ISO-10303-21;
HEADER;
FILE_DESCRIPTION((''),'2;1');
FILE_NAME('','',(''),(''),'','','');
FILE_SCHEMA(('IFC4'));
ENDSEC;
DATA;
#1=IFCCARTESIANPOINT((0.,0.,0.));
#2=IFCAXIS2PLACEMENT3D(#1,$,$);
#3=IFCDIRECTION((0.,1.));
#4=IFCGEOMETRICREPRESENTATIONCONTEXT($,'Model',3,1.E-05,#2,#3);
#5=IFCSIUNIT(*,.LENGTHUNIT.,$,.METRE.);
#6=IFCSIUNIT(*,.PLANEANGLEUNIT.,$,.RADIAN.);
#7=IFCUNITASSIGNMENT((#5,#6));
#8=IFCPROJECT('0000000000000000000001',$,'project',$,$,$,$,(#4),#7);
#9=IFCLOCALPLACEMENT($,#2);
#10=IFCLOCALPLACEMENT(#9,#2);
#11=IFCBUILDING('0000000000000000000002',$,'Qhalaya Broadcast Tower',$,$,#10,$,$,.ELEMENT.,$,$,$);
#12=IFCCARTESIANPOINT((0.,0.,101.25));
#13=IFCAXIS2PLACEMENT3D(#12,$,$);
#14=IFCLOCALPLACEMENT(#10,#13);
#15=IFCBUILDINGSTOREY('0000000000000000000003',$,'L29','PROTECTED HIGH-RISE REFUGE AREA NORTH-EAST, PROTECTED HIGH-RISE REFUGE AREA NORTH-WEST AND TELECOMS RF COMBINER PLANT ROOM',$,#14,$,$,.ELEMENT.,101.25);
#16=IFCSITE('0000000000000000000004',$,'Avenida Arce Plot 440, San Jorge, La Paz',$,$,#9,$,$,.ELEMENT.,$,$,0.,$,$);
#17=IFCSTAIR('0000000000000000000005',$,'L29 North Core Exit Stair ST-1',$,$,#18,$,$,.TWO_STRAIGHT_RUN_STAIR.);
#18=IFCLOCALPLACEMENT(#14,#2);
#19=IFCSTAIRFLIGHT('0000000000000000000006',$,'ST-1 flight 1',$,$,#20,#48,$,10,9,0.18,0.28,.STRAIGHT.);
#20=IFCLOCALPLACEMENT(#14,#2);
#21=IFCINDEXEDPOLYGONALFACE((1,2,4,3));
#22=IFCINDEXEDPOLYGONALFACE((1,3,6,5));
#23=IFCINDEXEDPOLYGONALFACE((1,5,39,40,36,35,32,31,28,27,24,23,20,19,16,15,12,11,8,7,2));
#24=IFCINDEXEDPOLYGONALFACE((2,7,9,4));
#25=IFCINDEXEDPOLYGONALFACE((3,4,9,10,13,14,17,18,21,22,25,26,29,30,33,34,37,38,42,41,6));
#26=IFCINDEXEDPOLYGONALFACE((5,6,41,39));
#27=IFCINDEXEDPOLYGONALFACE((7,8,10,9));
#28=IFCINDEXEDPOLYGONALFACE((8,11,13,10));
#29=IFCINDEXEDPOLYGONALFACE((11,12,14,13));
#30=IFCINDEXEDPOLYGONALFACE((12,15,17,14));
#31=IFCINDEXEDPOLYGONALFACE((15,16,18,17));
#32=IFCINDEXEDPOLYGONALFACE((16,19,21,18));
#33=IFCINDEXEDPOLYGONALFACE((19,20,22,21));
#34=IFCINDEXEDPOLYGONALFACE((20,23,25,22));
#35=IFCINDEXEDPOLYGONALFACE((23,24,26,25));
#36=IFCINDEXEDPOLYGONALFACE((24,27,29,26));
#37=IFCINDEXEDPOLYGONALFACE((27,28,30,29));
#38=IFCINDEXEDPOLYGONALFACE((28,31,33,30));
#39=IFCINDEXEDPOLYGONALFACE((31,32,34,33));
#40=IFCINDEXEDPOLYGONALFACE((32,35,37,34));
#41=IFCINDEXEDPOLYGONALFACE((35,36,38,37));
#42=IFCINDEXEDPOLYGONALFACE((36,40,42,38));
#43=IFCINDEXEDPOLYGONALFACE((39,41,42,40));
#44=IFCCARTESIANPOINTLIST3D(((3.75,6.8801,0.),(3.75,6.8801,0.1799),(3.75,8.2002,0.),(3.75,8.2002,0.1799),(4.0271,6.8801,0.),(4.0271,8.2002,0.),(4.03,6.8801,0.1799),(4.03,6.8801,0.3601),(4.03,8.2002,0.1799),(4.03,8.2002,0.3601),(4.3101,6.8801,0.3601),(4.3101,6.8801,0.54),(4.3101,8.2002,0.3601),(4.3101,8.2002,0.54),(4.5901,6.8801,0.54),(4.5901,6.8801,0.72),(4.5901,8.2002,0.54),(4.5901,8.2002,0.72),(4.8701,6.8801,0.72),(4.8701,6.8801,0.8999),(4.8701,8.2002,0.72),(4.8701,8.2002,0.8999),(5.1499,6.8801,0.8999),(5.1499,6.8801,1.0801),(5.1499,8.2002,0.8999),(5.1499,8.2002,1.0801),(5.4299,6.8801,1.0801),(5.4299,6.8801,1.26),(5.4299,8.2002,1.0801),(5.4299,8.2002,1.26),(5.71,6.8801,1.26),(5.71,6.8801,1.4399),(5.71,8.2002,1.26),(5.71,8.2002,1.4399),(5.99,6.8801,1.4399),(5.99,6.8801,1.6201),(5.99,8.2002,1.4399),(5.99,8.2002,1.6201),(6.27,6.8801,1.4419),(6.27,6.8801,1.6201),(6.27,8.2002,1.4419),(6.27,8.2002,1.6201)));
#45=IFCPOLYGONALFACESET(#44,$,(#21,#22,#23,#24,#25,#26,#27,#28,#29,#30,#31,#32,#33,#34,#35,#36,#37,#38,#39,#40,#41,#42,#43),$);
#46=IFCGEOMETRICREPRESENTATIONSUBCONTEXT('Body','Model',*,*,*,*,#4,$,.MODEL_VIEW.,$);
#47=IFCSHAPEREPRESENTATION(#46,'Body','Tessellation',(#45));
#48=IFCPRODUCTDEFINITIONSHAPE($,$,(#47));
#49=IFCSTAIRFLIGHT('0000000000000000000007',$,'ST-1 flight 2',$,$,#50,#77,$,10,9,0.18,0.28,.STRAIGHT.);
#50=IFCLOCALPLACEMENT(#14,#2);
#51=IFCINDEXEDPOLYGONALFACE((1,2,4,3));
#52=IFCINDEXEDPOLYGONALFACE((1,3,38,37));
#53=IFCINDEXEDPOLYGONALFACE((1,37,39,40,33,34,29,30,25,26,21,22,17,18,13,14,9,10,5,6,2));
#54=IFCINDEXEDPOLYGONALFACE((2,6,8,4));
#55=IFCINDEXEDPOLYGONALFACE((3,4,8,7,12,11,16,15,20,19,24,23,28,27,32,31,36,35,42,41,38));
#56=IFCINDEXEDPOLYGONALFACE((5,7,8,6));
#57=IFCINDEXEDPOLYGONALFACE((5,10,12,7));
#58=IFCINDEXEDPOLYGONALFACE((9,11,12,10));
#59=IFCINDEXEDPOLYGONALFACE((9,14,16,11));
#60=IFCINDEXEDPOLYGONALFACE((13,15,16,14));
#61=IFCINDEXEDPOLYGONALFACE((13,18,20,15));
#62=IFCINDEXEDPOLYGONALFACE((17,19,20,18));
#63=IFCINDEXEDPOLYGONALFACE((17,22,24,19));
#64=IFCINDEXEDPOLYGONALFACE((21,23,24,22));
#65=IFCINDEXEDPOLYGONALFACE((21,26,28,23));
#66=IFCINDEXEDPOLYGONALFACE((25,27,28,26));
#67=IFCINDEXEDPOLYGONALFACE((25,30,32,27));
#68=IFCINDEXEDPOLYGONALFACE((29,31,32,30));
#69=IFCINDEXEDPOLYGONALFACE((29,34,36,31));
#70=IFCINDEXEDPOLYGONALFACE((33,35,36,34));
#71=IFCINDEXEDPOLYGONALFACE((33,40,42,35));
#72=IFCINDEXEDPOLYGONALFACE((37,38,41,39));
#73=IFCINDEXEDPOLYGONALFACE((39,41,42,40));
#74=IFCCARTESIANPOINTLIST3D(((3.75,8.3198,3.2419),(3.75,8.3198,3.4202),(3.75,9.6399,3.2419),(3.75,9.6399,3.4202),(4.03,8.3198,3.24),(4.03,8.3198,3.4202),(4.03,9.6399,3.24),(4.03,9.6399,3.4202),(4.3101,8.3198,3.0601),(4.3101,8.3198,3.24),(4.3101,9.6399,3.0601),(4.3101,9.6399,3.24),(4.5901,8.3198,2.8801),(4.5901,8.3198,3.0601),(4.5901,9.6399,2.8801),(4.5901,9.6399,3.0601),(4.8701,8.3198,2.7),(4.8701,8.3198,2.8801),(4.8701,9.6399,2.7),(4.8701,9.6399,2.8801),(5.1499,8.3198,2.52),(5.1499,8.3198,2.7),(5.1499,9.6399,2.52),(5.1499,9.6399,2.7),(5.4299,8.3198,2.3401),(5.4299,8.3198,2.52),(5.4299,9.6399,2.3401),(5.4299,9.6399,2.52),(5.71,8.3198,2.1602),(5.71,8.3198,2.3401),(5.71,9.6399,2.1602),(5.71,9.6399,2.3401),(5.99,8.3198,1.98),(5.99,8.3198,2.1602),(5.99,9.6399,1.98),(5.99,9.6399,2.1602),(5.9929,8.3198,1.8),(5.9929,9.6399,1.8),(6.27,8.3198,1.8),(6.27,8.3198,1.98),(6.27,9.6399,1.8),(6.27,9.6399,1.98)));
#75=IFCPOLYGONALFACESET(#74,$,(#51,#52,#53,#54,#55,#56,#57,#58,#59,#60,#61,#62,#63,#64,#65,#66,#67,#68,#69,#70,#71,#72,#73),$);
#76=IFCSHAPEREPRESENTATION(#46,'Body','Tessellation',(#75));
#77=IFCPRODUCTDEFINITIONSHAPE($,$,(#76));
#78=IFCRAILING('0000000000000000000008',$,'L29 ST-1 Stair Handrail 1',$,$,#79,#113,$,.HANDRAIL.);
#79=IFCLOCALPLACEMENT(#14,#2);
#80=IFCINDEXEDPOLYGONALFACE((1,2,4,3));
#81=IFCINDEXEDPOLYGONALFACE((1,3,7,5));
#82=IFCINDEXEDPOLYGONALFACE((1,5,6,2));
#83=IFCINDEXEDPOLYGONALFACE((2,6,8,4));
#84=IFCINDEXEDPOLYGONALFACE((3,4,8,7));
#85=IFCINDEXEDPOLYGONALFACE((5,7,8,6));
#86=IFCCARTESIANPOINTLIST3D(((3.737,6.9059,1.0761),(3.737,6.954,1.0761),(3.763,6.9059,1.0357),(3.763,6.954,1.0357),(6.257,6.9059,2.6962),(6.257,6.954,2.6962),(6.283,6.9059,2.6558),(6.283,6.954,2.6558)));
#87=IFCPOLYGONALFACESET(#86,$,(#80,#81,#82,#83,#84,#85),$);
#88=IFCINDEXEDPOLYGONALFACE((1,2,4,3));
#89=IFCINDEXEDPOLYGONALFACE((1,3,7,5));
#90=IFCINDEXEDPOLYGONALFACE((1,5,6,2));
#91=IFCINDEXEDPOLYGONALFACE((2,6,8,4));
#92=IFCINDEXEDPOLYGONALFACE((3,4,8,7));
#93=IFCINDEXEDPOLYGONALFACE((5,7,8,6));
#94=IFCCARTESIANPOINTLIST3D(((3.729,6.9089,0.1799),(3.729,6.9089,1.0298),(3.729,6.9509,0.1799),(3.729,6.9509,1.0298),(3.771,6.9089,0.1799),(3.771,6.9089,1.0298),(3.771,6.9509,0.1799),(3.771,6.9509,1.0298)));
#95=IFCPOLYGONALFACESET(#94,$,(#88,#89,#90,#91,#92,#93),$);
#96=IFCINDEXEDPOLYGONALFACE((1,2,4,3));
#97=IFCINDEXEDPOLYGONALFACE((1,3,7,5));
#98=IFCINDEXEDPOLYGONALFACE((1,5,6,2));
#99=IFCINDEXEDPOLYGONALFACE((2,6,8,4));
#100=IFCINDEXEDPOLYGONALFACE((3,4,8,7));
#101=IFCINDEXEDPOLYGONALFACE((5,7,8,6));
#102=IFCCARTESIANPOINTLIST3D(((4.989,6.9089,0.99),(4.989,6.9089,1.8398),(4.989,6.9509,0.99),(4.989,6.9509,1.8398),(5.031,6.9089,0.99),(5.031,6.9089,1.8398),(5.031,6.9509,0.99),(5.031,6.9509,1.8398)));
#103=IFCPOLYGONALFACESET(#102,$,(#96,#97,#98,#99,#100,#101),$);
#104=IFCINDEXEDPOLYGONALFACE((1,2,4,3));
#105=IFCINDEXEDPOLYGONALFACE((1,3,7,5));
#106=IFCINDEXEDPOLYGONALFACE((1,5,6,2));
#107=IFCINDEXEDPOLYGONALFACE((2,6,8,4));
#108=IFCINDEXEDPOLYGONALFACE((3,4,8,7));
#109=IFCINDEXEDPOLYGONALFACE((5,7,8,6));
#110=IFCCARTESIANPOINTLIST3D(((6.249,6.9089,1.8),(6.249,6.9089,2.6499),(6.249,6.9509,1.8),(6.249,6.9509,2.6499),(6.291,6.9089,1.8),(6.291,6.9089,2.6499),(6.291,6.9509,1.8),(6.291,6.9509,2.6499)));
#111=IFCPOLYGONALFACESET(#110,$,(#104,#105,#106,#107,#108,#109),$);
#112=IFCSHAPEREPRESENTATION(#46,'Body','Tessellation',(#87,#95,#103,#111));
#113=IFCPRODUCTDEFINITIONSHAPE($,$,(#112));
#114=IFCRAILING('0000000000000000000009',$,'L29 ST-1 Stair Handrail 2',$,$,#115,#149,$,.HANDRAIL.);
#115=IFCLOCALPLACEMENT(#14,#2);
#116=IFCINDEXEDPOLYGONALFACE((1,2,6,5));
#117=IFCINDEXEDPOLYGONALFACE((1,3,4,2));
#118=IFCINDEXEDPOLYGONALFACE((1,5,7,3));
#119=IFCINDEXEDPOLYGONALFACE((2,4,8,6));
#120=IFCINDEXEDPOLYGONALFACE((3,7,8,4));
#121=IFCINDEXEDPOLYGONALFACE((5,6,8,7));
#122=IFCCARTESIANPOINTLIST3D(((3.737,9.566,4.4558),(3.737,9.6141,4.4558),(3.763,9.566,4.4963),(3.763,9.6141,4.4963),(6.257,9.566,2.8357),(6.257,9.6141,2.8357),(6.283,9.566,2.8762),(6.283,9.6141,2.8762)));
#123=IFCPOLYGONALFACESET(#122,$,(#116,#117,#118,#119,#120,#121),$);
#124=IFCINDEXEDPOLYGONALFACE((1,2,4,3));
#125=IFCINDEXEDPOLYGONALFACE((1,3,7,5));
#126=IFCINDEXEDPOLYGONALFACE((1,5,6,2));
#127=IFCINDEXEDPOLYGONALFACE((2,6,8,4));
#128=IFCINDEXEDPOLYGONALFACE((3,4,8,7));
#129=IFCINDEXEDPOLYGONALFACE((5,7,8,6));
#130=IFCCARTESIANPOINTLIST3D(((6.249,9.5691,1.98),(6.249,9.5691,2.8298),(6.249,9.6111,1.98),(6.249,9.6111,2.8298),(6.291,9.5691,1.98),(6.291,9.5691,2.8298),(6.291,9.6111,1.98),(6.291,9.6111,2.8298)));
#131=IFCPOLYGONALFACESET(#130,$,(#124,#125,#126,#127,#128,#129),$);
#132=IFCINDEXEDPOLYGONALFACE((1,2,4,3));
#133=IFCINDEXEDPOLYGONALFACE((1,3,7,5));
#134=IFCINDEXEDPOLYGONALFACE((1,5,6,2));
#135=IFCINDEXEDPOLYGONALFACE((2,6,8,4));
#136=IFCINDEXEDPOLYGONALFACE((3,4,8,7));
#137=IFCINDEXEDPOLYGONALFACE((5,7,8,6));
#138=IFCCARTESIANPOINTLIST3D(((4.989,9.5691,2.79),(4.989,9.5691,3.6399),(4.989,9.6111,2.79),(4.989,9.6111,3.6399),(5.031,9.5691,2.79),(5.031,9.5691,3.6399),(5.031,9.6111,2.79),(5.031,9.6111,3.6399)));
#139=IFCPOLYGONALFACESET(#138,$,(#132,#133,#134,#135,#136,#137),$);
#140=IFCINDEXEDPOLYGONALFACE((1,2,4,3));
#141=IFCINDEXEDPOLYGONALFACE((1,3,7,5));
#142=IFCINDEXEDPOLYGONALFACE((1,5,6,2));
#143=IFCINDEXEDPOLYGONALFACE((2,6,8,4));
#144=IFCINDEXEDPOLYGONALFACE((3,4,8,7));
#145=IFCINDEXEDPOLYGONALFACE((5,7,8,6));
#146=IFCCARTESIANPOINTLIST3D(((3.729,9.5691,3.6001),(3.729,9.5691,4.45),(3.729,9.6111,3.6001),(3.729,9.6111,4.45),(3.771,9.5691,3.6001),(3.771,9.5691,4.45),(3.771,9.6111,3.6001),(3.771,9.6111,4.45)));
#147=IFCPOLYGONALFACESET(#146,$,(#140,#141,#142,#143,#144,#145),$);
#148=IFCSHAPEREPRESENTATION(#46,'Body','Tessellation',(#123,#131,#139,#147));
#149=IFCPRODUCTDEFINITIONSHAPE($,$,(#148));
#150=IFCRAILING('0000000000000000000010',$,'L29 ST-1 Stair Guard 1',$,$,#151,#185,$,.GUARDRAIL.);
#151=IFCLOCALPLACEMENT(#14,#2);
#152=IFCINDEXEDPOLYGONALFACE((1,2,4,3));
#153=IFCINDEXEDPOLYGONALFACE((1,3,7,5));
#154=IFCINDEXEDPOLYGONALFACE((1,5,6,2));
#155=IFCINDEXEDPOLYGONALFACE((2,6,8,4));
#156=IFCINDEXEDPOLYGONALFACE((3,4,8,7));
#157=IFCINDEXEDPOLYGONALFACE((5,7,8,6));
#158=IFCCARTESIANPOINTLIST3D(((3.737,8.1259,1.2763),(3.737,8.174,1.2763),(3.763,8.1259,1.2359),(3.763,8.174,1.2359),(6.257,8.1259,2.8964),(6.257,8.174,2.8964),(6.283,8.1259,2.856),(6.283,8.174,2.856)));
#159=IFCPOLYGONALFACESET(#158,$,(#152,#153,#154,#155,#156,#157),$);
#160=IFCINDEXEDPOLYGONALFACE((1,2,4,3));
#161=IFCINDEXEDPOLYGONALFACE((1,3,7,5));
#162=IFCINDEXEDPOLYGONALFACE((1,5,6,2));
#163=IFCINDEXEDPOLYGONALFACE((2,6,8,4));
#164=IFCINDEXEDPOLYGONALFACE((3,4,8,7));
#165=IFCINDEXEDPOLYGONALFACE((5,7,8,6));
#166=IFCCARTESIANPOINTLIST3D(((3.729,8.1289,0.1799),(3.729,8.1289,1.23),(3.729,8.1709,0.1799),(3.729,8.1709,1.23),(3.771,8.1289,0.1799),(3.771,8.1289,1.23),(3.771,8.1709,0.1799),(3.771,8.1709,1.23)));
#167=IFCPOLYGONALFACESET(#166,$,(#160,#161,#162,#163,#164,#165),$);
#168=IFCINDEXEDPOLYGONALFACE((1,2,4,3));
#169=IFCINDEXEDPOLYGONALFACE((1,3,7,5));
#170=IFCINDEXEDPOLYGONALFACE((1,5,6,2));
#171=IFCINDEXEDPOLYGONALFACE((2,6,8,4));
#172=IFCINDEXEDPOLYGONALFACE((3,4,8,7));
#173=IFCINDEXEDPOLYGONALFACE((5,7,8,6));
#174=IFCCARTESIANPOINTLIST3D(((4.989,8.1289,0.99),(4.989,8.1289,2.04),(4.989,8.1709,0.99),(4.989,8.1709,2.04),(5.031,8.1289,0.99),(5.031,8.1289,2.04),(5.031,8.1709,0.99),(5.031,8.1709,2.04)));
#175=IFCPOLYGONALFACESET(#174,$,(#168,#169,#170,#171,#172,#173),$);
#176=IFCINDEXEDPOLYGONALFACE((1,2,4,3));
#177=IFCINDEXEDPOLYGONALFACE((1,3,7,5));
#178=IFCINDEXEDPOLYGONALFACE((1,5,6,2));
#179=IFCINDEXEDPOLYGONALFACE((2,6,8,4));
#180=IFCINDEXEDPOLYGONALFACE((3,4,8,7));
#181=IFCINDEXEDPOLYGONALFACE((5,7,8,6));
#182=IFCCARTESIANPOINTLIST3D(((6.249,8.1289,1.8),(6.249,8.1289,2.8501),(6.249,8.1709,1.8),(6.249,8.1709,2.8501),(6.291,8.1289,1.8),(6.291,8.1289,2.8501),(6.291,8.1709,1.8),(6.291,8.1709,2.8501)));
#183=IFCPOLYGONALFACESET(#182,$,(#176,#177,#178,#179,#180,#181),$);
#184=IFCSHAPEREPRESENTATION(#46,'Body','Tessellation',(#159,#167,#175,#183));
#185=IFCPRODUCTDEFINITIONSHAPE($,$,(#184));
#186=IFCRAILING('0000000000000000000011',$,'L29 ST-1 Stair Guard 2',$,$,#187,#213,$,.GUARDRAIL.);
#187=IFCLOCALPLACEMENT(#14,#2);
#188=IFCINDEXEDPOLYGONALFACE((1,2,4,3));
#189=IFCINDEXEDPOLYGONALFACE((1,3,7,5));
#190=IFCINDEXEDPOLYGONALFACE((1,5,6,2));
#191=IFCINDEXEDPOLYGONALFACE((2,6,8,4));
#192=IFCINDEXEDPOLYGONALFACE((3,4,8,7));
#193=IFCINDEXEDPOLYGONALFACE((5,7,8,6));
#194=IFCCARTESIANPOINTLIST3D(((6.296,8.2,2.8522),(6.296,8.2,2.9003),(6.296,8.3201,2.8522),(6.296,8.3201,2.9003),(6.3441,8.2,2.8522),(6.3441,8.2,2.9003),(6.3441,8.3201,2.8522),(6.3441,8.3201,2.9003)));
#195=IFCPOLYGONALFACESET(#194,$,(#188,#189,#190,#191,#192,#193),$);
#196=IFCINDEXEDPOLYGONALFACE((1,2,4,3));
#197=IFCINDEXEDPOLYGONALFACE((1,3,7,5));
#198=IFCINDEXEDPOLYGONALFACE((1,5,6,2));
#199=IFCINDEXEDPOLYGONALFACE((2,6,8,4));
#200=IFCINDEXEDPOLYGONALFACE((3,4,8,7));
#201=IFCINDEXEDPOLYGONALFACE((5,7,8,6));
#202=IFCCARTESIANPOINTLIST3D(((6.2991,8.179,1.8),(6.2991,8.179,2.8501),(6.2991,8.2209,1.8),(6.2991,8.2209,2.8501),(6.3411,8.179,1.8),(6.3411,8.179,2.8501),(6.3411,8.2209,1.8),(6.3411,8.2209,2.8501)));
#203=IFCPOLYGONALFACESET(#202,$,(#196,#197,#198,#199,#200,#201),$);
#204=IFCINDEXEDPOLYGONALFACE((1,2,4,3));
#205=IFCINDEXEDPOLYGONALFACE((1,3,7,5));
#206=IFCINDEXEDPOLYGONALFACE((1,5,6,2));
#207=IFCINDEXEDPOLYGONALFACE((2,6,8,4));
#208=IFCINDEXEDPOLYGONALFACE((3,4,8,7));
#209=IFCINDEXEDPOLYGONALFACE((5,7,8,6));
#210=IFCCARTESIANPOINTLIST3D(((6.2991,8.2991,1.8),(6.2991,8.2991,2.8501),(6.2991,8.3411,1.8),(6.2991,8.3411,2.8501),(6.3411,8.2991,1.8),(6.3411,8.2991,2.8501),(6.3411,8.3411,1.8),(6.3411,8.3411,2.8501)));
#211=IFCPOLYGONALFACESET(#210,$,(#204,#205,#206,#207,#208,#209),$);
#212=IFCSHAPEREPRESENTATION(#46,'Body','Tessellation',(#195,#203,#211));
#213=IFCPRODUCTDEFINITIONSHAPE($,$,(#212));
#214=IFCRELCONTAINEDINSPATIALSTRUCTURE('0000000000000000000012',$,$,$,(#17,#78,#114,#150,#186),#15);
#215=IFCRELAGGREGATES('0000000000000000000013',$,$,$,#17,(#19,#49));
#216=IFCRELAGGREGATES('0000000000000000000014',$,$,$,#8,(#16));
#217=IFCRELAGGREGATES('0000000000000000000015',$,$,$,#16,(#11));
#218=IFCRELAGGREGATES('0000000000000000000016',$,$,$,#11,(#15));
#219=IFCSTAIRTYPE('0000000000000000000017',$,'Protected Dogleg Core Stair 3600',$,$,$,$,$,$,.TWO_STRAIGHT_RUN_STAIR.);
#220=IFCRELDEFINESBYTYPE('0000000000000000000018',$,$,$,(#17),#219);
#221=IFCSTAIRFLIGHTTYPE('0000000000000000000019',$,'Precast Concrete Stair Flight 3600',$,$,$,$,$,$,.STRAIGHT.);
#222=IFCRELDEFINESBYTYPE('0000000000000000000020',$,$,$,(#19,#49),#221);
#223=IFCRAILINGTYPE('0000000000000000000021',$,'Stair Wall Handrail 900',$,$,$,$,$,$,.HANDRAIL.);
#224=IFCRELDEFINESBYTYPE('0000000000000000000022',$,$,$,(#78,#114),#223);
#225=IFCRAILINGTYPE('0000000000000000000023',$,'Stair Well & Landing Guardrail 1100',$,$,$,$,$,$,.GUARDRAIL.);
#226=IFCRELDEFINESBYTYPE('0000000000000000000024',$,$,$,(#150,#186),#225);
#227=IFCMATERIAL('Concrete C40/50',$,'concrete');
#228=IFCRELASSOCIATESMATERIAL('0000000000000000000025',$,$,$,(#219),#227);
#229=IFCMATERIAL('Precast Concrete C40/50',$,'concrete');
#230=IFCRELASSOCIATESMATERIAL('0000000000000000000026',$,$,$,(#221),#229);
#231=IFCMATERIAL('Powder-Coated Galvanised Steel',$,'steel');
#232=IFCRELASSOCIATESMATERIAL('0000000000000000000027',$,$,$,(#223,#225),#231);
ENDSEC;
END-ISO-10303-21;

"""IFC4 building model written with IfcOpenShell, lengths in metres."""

from ifc_helpers import new_model, si_unit, direction, frame, origin, origin_2d, place, context, subcontext, project, spatial, polyline, rectangle, outline, extrude, material, type_object, element, aggregate, save


model = new_model("IFC4")

# Units and contexts
model_context = context("Model", 3, precision=1e-05, world=origin(), true_north=direction((0.0, 1.0)))
body_context = subcontext(model_context, "Body", "Model", "MODEL_VIEW")
ifc_project = project(units=[si_unit("LENGTHUNIT", "METRE"), si_unit("PLANEANGLEUNIT", "RADIAN")], contexts=[model_context])

# Site, building, storey
site_placement = place(None, origin())
site = spatial("IfcSite", under=ifc_project, at=site_placement, Name="Avenida Arce Plot 440, San Jorge, La Paz", CompositionType="ELEMENT", RefElevation=0.0)
building_placement = place(site_placement, origin())
building = spatial("IfcBuilding", under=site, at=building_placement, Name="Qhalaya Broadcast Tower", CompositionType="ELEMENT")
storey_placement = place(building_placement, frame((0.0, 0.0, 101.25)))
storey = spatial("IfcBuildingStorey", under=building, at=storey_placement, Name="L29", Description="PROTECTED HIGH-RISE REFUGE AREA NORTH-EAST, PROTECTED HIGH-RISE REFUGE AREA NORTH-WEST AND TELECOMS RF COMBINER PLANT ROOM", CompositionType="ELEMENT", Elevation=101.25)

# Stair, stair flights
ifc_material_1 = material(Name="Concrete C40/50", Category="concrete")
stair_type = type_object("IfcStairType", Name="Protected Dogleg Core Stair 3600", PredefinedType="TWO_STRAIGHT_RUN_STAIR", material=ifc_material_1)
stair_placement = place(storey_placement, origin())
stair = element("IfcStair", 1, at=stair_placement, inside=storey, type_object=stair_type, Name="L29 North Core Exit Stair ST-1", PredefinedType="TWO_STRAIGHT_RUN_STAIR")
ifc_material_2 = material(Name="Precast Concrete C40/50", Category="concrete")
stair_flight_type = type_object("IfcStairFlightType", Name="Precast Concrete Stair Flight 3600", PredefinedType="STRAIGHT", material=ifc_material_2)
stair_flight_1_placement = place(storey_placement, frame((3.75, 7.54, 0.0), z_axis=(0.0, 0.0, 1.0), x_axis=(1.0, 0.0, 0.0)))
stair_flight_1 = element("IfcStairFlight", 2, at=stair_flight_1_placement, type_object=stair_flight_type, Name="ST-1 flight 1", NumberOfRisers=10, NumberOfTreads=9, PredefinedType="STRAIGHT", RiserHeight=0.18, TreadLength=0.28, context=body_context, shape_type="SweptSolid", body=[
    extrude(outline(polyline([(0.0, 0.0), (0.0, 0.1799), (0.28, 0.1799), (0.28, 0.3601), (0.5601, 0.3601), (0.5601, 0.54), (0.8401, 0.54), (0.8401, 0.72), (1.1201, 0.72), (1.1201, 0.8999), (1.3999, 0.8999), (1.3999, 1.0801), (1.6799, 1.0801), (1.6799, 1.26), (1.96, 1.26), (1.96, 1.4399), (2.24, 1.4399), (2.24, 1.6201), (2.52, 1.6201), (2.52, 1.8), (2.52, 1.4419), (0.2771, 0.0), (0.0, 0.0)])), frame((0.0, 0.6602, 0.0), z_axis=(0.0, -1.0, 0.0), x_axis=(1.0, 0.0, 0.0)), (0.0, 0.0, 1.0), 1.3201),
])
stair_flight_2_placement = place(storey_placement, frame((6.27, 8.98, 1.8), z_axis=(0.0, 0.0, 1.0), x_axis=(-1.0, 0.0, 0.0)))
stair_flight_2 = element("IfcStairFlight", 3, at=stair_flight_2_placement, type_object=stair_flight_type, Name="ST-1 flight 2", NumberOfRisers=10, NumberOfTreads=9, PredefinedType="STRAIGHT", RiserHeight=0.18, TreadLength=0.28, context=body_context, shape_type="SweptSolid", body=[
    extrude(outline(polyline([(0.0, 0.0), (0.0, 0.1799), (0.28, 0.1799), (0.28, 0.3601), (0.5601, 0.3601), (0.5601, 0.54), (0.8401, 0.54), (0.8401, 0.72), (1.1201, 0.72), (1.1201, 0.8999), (1.3999, 0.8999), (1.3999, 1.0801), (1.6799, 1.0801), (1.6799, 1.26), (1.96, 1.26), (1.96, 1.4399), (2.24, 1.4399), (2.24, 1.6201), (2.52, 1.6201), (2.52, 1.8), (2.52, 1.4419), (0.2771, 0.0), (0.0, 0.0)])), frame((0.0, 0.6602, 0.0), z_axis=(0.0, -1.0, 0.0), x_axis=(1.0, 0.0, 0.0)), (0.0, 0.0, 1.0), 1.3201),
])
aggregate(stair, [stair_flight_1, stair_flight_2])

# Railings
ifc_material_3 = material(Name="Powder-Coated Galvanised Steel", Category="steel")
railing_type_1 = type_object("IfcRailingType", Name="Stair Wall Handrail 900", PredefinedType="HANDRAIL", material=ifc_material_3)
railing_1_placement = place(storey_placement, frame((3.75, 6.9299, 0.1799)))
element("IfcRailing", 4, at=railing_1_placement, inside=storey, type_object=railing_type_1, Name="L29 ST-1 Stair Handrail 1", PredefinedType="HANDRAIL", context=body_context, shape_type="SweptSolid", body=[
    extrude(rectangle(XDim=0.0481, YDim=0.0481, at=origin_2d()), frame((0.0, 0.0, 0.876), z_axis=(0.841163, 0.0, 0.540782), x_axis=(0.0, 1.0, 0.0)), (0.0, 0.0, 1.0), 2.9958),
    extrude(rectangle(XDim=0.042, YDim=0.042, at=origin_2d()), origin(), (0.0, 0.0, 1.0), 0.8499),
    extrude(rectangle(XDim=0.042, YDim=0.042, at=origin_2d()), frame((1.26, 0.0, 0.8101)), (0.0, 0.0, 1.0), 0.8499),
    extrude(rectangle(XDim=0.042, YDim=0.042, at=origin_2d()), frame((2.52, 0.0, 1.6201)), (0.0, 0.0, 1.0), 0.8499),
])
railing_2_placement = place(storey_placement, frame((6.27, 9.5901, 1.98)))
element("IfcRailing", 5, at=railing_2_placement, inside=storey, type_object=railing_type_1, Name="L29 ST-1 Stair Handrail 2", PredefinedType="HANDRAIL", context=body_context, shape_type="SweptSolid", body=[
    extrude(rectangle(XDim=0.0481, YDim=0.0481, at=origin_2d()), frame((0.0, 0.0, 0.876), z_axis=(-0.841163, 0.0, 0.540782), x_axis=(0.0, -1.0, 0.0)), (0.0, 0.0, 1.0), 2.9958),
    extrude(rectangle(XDim=0.042, YDim=0.042, at=origin_2d()), origin(), (0.0, 0.0, 1.0), 0.8499),
    extrude(rectangle(XDim=0.042, YDim=0.042, at=origin_2d()), frame((-1.26, 0.0, 0.8101)), (0.0, 0.0, 1.0), 0.8499),
    extrude(rectangle(XDim=0.042, YDim=0.042, at=origin_2d()), frame((-2.52, 0.0, 1.6201)), (0.0, 0.0, 1.0), 0.8499),
])
railing_type_2 = type_object("IfcRailingType", Name="Stair Well & Landing Guardrail 1100", PredefinedType="GUARDRAIL", material=ifc_material_3)
railing_3_placement = place(storey_placement, frame((3.75, 8.1499, 0.1799)))
element("IfcRailing", 6, at=railing_3_placement, inside=storey, type_object=railing_type_2, Name="L29 ST-1 Stair Guard 1", PredefinedType="GUARDRAIL", context=body_context, shape_type="SweptSolid", body=[
    extrude(rectangle(XDim=0.0481, YDim=0.0481, at=origin_2d()), frame((0.0, 0.0, 1.0762), z_axis=(0.841163, 0.0, 0.540782), x_axis=(0.0, 1.0, 0.0)), (0.0, 0.0, 1.0), 2.9958),
    extrude(rectangle(XDim=0.042, YDim=0.042, at=origin_2d()), origin(), (0.0, 0.0, 1.0), 1.05),
    extrude(rectangle(XDim=0.042, YDim=0.042, at=origin_2d()), frame((1.26, 0.0, 0.8101)), (0.0, 0.0, 1.0), 1.05),
    extrude(rectangle(XDim=0.042, YDim=0.042, at=origin_2d()), frame((2.52, 0.0, 1.6201)), (0.0, 0.0, 1.0), 1.05),
])
railing_4_placement = place(storey_placement, frame((6.3201, 8.2, 1.8)))
element("IfcRailing", 7, at=railing_4_placement, inside=storey, type_object=railing_type_2, Name="L29 ST-1 Stair Guard 2", PredefinedType="GUARDRAIL", context=body_context, shape_type="SweptSolid", body=[
    extrude(rectangle(XDim=0.0481, YDim=0.0481, at=origin_2d()), frame((0.0, 0.0, 1.0762), z_axis=(0.0, 1.0, 0.0), x_axis=(-1.0, 0.0, 0.0)), (0.0, 0.0, 1.0), 0.1201),
    extrude(rectangle(XDim=0.042, YDim=0.042, at=origin_2d()), origin(), (0.0, 0.0, 1.0), 1.05),
    extrude(rectangle(XDim=0.042, YDim=0.042, at=origin_2d()), frame((0.0, 0.1201, 0.0)), (0.0, 0.0, 1.0), 1.05),
])

save(model, "model.ifc")
